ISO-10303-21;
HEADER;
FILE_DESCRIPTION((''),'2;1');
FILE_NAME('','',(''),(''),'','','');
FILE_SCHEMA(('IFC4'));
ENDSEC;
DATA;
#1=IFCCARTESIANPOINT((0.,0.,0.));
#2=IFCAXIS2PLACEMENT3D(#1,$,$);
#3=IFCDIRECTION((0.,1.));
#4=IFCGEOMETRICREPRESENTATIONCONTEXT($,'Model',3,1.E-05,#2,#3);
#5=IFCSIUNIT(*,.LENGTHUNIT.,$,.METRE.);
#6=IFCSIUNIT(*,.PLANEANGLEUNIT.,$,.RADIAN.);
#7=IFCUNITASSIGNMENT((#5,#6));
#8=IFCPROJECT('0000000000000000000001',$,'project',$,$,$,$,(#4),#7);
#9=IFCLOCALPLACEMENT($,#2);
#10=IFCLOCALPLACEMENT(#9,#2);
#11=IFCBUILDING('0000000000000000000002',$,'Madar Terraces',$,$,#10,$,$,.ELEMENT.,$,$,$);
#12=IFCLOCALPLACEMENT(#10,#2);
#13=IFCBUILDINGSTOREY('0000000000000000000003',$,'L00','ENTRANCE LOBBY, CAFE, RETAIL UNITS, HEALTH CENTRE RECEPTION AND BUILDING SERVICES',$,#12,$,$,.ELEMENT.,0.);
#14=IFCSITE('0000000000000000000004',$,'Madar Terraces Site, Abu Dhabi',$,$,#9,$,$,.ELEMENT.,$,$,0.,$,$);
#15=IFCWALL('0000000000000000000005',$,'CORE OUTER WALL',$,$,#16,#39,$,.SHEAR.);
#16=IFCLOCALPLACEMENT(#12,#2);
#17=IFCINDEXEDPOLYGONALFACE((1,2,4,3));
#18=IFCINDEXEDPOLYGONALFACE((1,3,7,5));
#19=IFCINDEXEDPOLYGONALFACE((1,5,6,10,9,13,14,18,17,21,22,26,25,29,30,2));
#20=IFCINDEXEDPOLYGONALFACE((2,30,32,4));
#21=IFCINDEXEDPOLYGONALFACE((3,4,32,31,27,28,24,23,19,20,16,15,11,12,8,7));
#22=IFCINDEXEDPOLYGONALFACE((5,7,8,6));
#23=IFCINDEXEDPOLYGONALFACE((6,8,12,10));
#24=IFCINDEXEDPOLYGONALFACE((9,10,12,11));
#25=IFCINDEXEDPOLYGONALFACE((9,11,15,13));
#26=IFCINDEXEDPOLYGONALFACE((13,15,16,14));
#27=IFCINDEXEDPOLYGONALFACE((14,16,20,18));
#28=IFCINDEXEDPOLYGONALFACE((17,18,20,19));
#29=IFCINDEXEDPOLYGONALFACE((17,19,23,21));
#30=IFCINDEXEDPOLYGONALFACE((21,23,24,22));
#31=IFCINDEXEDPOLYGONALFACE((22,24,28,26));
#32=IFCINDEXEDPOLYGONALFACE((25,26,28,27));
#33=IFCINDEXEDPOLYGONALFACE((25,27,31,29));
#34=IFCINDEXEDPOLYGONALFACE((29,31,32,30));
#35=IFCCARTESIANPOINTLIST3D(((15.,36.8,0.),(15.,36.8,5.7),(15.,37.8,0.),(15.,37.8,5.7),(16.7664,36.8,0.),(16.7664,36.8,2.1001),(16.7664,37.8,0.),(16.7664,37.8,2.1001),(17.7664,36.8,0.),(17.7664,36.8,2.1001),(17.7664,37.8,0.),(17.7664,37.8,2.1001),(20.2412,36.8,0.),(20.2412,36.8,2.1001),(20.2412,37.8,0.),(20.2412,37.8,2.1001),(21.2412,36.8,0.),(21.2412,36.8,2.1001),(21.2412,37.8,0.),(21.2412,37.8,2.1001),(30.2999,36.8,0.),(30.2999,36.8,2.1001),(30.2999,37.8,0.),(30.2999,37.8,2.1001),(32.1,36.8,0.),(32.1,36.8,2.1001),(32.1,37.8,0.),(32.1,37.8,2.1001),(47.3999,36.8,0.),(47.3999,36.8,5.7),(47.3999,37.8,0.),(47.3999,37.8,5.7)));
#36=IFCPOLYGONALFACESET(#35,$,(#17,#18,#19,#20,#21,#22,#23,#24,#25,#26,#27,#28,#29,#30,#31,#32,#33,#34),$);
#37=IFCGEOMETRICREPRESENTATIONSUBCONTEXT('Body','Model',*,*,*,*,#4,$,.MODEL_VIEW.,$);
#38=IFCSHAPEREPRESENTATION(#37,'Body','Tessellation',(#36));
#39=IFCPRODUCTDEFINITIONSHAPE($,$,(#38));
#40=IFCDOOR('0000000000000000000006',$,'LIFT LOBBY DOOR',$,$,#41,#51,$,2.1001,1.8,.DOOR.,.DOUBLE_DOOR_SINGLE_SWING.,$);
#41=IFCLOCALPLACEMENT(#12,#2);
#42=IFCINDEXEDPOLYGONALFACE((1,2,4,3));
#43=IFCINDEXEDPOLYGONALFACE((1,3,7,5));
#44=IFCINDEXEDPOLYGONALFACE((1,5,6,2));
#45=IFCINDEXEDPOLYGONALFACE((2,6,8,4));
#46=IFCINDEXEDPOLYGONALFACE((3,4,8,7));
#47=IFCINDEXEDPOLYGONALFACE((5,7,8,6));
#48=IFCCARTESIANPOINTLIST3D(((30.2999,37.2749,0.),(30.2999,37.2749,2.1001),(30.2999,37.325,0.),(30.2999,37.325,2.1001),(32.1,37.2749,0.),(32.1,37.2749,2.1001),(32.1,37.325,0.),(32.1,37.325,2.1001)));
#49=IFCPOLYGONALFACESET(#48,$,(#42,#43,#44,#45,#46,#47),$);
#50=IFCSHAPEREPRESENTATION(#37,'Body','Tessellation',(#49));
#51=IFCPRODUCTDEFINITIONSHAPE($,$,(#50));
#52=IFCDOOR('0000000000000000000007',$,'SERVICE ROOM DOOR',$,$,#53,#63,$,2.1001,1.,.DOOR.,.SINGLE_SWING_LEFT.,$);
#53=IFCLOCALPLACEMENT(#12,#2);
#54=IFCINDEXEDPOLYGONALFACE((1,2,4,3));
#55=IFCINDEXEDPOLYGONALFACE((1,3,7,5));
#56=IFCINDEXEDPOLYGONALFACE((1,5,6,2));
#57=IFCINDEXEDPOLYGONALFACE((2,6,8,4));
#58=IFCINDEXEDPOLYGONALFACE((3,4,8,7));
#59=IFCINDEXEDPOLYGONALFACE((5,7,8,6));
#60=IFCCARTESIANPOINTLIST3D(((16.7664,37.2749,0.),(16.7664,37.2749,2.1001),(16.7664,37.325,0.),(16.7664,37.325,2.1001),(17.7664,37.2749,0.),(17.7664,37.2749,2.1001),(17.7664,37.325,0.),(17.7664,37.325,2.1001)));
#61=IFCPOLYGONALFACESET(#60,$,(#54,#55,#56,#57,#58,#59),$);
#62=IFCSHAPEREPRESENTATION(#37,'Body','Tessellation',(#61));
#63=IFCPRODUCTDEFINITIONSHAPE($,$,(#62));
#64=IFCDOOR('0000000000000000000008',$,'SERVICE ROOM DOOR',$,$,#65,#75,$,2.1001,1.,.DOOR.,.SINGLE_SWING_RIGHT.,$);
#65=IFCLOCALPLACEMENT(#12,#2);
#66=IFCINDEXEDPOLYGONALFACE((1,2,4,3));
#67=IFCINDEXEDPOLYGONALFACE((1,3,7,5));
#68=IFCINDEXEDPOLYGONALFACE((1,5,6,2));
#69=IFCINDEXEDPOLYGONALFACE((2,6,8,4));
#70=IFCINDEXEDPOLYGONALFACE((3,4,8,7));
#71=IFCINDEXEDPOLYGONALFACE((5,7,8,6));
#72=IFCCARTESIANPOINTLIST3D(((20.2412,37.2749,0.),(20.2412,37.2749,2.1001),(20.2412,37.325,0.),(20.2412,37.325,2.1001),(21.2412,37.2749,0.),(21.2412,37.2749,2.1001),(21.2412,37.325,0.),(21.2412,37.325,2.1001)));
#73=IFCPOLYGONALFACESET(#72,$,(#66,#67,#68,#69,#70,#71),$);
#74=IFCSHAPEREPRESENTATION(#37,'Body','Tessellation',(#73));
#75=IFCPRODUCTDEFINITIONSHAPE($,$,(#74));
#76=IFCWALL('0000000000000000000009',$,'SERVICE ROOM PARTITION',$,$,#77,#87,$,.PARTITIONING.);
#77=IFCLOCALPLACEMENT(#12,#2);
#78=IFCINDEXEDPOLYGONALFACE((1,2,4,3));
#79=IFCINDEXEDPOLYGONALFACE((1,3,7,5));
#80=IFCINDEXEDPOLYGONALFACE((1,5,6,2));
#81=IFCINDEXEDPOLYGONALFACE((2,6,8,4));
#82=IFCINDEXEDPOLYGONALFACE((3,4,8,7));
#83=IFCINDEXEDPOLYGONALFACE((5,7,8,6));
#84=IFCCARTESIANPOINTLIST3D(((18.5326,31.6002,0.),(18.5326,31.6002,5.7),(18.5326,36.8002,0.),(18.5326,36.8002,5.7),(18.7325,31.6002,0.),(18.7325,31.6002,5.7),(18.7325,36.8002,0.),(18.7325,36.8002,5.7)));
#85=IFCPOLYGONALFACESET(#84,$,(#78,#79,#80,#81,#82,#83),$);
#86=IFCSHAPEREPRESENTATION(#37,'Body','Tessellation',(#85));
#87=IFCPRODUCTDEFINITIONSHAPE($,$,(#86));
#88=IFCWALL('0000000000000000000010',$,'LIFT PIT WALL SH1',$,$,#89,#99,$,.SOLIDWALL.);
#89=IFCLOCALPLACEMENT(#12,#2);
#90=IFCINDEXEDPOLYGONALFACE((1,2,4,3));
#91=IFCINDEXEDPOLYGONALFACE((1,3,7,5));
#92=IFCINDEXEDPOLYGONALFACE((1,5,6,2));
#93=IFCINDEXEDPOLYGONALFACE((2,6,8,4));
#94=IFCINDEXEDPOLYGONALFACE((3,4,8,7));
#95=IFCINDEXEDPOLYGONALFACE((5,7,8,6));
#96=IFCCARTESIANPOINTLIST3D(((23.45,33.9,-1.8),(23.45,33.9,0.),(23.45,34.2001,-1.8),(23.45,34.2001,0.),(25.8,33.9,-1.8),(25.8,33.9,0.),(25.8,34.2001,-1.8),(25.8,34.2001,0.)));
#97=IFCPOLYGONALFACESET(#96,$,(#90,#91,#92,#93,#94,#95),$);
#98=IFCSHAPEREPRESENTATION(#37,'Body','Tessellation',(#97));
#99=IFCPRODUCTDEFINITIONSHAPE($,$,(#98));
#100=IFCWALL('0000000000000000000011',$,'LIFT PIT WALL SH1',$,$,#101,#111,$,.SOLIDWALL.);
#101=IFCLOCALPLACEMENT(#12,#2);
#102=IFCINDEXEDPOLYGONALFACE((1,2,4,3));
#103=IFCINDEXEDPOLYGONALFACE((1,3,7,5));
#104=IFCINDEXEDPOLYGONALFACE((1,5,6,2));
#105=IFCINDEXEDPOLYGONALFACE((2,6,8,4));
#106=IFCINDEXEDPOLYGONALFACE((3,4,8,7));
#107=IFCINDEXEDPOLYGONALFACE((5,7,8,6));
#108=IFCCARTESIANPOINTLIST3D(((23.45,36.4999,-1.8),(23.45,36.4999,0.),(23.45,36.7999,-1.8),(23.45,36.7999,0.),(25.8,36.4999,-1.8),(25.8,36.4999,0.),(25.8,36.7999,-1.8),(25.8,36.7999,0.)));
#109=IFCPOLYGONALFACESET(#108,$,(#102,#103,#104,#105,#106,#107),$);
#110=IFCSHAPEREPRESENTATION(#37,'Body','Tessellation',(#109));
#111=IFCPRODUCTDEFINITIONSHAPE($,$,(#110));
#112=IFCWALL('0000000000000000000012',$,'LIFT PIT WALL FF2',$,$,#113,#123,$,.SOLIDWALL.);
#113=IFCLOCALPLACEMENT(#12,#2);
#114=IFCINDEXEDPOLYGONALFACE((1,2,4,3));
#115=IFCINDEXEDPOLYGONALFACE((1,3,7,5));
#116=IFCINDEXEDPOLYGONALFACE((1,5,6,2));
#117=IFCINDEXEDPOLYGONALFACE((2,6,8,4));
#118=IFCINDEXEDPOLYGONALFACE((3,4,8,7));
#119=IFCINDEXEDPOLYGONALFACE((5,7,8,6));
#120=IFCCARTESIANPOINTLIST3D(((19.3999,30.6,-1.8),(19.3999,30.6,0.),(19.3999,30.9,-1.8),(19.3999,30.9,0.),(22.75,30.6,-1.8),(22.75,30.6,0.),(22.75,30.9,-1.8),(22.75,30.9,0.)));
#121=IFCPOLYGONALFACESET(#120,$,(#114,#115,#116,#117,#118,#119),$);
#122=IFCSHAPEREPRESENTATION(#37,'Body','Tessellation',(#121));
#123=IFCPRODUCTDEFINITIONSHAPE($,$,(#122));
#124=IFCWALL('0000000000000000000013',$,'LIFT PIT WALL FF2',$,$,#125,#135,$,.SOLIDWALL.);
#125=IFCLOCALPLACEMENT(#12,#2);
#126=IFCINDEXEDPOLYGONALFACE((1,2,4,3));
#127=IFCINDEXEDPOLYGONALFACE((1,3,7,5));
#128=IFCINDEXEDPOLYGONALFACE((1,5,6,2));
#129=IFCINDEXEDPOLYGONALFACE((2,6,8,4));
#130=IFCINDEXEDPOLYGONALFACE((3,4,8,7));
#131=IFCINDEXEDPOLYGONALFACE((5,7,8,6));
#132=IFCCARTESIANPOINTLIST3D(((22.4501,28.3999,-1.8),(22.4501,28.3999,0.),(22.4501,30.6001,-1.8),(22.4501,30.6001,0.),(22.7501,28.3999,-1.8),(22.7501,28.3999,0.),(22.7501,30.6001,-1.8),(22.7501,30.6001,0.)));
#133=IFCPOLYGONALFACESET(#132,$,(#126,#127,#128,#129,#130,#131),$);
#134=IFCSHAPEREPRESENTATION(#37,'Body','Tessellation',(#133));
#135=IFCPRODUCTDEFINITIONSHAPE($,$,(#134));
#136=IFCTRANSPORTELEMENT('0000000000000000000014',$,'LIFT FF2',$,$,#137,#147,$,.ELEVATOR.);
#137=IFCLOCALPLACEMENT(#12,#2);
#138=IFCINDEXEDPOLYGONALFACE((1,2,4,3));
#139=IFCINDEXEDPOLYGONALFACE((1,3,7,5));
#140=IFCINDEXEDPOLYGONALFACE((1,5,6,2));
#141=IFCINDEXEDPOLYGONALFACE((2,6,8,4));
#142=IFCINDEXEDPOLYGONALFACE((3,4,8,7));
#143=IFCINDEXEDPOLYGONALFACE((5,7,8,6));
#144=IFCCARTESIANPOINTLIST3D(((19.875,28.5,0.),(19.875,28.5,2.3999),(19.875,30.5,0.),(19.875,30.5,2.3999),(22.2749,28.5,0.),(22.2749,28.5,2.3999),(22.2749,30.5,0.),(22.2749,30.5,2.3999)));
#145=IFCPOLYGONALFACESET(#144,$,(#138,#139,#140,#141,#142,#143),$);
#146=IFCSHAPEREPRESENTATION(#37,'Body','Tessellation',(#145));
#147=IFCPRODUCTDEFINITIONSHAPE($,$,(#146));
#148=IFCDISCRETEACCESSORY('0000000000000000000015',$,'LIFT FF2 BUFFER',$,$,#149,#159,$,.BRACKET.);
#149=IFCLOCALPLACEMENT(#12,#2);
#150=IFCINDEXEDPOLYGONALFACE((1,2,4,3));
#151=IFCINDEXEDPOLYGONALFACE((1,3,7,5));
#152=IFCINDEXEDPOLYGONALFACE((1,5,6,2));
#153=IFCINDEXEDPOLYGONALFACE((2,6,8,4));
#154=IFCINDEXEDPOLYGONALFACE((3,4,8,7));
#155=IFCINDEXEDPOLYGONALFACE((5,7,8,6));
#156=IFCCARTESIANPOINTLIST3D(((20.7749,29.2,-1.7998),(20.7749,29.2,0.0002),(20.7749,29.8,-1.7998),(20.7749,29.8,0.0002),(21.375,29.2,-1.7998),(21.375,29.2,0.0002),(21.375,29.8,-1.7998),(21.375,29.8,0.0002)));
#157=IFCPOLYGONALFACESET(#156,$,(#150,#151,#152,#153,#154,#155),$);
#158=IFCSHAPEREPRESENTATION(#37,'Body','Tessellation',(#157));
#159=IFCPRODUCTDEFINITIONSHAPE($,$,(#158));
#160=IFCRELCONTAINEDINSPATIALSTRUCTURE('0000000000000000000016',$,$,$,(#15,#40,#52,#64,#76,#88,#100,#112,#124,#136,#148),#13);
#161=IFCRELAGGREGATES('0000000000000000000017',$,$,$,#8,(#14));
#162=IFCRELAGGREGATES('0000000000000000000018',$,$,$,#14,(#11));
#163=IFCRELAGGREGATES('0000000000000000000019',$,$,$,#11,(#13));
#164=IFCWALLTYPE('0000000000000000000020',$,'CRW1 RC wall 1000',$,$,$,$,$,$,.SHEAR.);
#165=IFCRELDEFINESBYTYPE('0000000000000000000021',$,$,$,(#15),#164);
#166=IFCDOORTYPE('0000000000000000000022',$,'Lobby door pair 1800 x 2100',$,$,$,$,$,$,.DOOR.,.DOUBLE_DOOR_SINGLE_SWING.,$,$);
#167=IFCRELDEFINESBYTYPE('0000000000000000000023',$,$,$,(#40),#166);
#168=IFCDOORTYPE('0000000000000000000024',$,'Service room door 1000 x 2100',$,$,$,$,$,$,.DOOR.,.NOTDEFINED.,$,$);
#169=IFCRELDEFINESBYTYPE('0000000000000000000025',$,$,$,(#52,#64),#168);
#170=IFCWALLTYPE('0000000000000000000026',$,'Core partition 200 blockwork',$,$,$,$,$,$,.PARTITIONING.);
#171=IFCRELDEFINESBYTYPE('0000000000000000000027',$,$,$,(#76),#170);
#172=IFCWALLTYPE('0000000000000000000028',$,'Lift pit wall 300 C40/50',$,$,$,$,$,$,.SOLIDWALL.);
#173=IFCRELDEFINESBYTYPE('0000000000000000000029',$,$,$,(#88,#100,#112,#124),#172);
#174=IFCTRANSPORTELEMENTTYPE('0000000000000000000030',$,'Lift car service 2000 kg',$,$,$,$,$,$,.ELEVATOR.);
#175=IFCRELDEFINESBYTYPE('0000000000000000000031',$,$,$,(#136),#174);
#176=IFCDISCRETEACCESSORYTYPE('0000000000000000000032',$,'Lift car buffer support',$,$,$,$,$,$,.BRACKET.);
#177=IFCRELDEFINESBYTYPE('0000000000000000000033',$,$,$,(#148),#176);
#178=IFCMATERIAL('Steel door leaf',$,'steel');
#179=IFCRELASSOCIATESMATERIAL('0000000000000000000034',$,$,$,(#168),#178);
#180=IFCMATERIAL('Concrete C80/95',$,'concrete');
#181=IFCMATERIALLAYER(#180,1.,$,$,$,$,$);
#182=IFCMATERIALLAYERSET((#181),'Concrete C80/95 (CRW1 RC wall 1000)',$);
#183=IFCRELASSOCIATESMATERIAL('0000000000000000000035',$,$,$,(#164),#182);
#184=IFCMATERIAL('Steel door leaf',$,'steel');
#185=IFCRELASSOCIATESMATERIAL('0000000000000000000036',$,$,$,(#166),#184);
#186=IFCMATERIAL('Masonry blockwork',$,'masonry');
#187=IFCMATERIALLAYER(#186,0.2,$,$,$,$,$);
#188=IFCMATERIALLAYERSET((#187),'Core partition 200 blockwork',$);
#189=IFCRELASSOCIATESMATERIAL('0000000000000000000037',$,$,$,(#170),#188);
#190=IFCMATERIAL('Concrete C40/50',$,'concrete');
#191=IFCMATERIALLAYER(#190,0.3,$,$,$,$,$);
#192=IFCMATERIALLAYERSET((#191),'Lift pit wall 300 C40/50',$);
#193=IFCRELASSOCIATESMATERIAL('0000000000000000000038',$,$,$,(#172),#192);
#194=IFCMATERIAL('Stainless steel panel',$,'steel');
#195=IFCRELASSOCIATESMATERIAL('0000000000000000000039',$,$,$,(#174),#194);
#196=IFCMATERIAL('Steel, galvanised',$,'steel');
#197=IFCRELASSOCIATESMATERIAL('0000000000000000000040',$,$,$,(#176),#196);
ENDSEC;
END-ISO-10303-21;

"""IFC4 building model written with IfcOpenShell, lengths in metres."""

from ifc_helpers import new_model, si_unit, direction, frame, frame_2d, origin, origin_2d, place, context, subcontext, project, spatial, rectangle, extrude, material, layer, layer_set, type_object, element, fill, save


model = new_model("IFC4")

# Units and contexts
model_context = context("Model", 3, precision=1e-05, world=origin(), true_north=direction((0.0, 1.0)))
body_context = subcontext(model_context, "Body", "Model", "MODEL_VIEW")
ifc_project = project(units=[si_unit("LENGTHUNIT", "METRE"), si_unit("PLANEANGLEUNIT", "RADIAN")], contexts=[model_context])

# Site, building, storey
site_placement = place(None, origin())
site = spatial("IfcSite", under=ifc_project, at=site_placement, Name="Madar Terraces Site, Abu Dhabi", CompositionType="ELEMENT", RefElevation=0.0)
building_placement = place(site_placement, origin())
building = spatial("IfcBuilding", under=site, at=building_placement, Name="Madar Terraces", CompositionType="ELEMENT")
storey_placement = place(building_placement, origin())
storey = spatial("IfcBuildingStorey", under=building, at=storey_placement, Name="L00", Description="ENTRANCE LOBBY, CAFE, RETAIL UNITS, HEALTH CENTRE RECEPTION AND BUILDING SERVICES", CompositionType="ELEMENT", Elevation=0.0)

# Wall, openings, doors
ifc_material_1 = material(Name="Steel door leaf", Category="steel")
door_type_1 = type_object("IfcDoorType", Name="Service room door 1000 x 2100", OperationType="NOTDEFINED", PredefinedType="DOOR", material=ifc_material_1)
ifc_material_2 = material(Name="Concrete C80/95", Category="concrete")
ifc_layer_1 = layer(ifc_material_2, 1.0)
ifc_layer_set_1 = layer_set([ifc_layer_1], Name="Concrete C80/95 (CRW1 RC wall 1000)")
wall_type_1 = type_object("IfcWallType", Name="CRW1 RC wall 1000", PredefinedType="SHEAR", material=ifc_layer_set_1)
wall_1_placement = place(storey_placement, frame((15.0, 37.3, 0.0), z_axis=(0.0, 0.0, 1.0), x_axis=(1.0, 0.0, 0.0)))
wall_1 = element("IfcWall", 1, at=wall_1_placement, inside=storey, type_object=wall_type_1, Name="CORE OUTER WALL", PredefinedType="SHEAR", context=body_context, shape_type="SweptSolid", body=[
    extrude(rectangle(XDim=32.3999, YDim=1.0, at=frame_2d((16.2, 0.0))), origin(), (0.0, 0.0, 1.0), 5.7),
])
opening_1_placement = place(wall_1_placement, frame((15.3, 0.0, 0.0)))
opening_1 = element("IfcOpeningElement", 2, at=opening_1_placement, cuts=wall_1, PredefinedType="OPENING", context=body_context, shape_type="SweptSolid", body=[
    extrude(rectangle(XDim=1.8, YDim=2.1001, at=frame_2d((0.8999, 1.05))), frame((0.0, 0.51, 0.0), z_axis=(0.0, -1.0, 0.0), x_axis=(1.0, 0.0, 0.0)), (0.0, 0.0, 1.0), 1.02),
])
opening_2_placement = place(wall_1_placement, frame((1.7664, 0.0, 0.0)))
opening_2 = element("IfcOpeningElement", 3, at=opening_2_placement, cuts=wall_1, PredefinedType="OPENING", context=body_context, shape_type="SweptSolid", body=[
    extrude(rectangle(XDim=1.0, YDim=2.1001, at=frame_2d((0.5, 1.05))), frame((0.0, 0.51, 0.0), z_axis=(0.0, -1.0, 0.0), x_axis=(1.0, 0.0, 0.0)), (0.0, 0.0, 1.0), 1.02),
])
opening_3_placement = place(wall_1_placement, frame((5.2412, 0.0, 0.0)))
opening_3 = element("IfcOpeningElement", 4, at=opening_3_placement, cuts=wall_1, PredefinedType="OPENING", context=body_context, shape_type="SweptSolid", body=[
    extrude(rectangle(XDim=1.0, YDim=2.1001, at=frame_2d((0.5, 1.05))), frame((0.0, 0.51, 0.0), z_axis=(0.0, -1.0, 0.0), x_axis=(1.0, 0.0, 0.0)), (0.0, 0.0, 1.0), 1.02),
])
ifc_material_3 = material(Name="Steel door leaf", Category="steel")
door_type_2 = type_object("IfcDoorType", Name="Lobby door pair 1800 x 2100", OperationType="DOUBLE_DOOR_SINGLE_SWING", PredefinedType="DOOR", material=ifc_material_3)
door_1_placement = place(opening_1_placement, origin())
door_1 = element("IfcDoor", 5, at=door_1_placement, inside=storey, type_object=door_type_2, Name="LIFT LOBBY DOOR", OperationType="DOUBLE_DOOR_SINGLE_SWING", OverallHeight=2.1001, OverallWidth=1.8, PredefinedType="DOOR", context=body_context, shape_type="SweptSolid", body=[
    extrude(rectangle(XDim=1.8, YDim=2.1001, at=frame_2d((0.8999, 1.05))), frame((0.0, 0.0249, 0.0), z_axis=(0.0, -1.0, 0.0), x_axis=(1.0, 0.0, 0.0)), (0.0, 0.0, 1.0), 0.05),
])
fill(opening_1, door_1)
door_2_placement = place(opening_2_placement, origin())
door_2 = element("IfcDoor", 6, at=door_2_placement, inside=storey, type_object=door_type_1, Name="SERVICE ROOM DOOR", OperationType="SINGLE_SWING_LEFT", OverallHeight=2.1001, OverallWidth=1.0, PredefinedType="DOOR", context=body_context, shape_type="SweptSolid", body=[
    extrude(rectangle(XDim=1.0, YDim=2.1001, at=frame_2d((0.5, 1.05))), frame((0.0, 0.0249, 0.0), z_axis=(0.0, -1.0, 0.0), x_axis=(1.0, 0.0, 0.0)), (0.0, 0.0, 1.0), 0.05),
])
fill(opening_2, door_2)
door_3_placement = place(opening_3_placement, origin())
door_3 = element("IfcDoor", 7, at=door_3_placement, inside=storey, type_object=door_type_1, Name="SERVICE ROOM DOOR", OperationType="SINGLE_SWING_RIGHT", OverallHeight=2.1001, OverallWidth=1.0, PredefinedType="DOOR", context=body_context, shape_type="SweptSolid", body=[
    extrude(rectangle(XDim=1.0, YDim=2.1001, at=frame_2d((0.5, 1.05))), frame((0.0, 0.0249, 0.0), z_axis=(0.0, -1.0, 0.0), x_axis=(1.0, 0.0, 0.0)), (0.0, 0.0, 1.0), 0.05),
])
fill(opening_3, door_3)

# Walls
ifc_material_4 = material(Name="Masonry blockwork", Category="masonry")
ifc_layer_2 = layer(ifc_material_4, 0.2)
ifc_layer_set_2 = layer_set([ifc_layer_2], Name="Core partition 200 blockwork")
wall_type_2 = type_object("IfcWallType", Name="Core partition 200 blockwork", PredefinedType="PARTITIONING", material=ifc_layer_set_2)
wall_2_placement = place(storey_placement, frame((18.6326, 31.6001, 0.0), z_axis=(0.0, 0.0, 1.0), x_axis=(0.0, 1.0, 0.0)))
element("IfcWall", 8, at=wall_2_placement, inside=storey, type_object=wall_type_2, Name="SERVICE ROOM PARTITION", PredefinedType="PARTITIONING", context=body_context, shape_type="SweptSolid", body=[
    extrude(rectangle(XDim=5.2, YDim=0.2, at=frame_2d((2.6001, 0.0))), origin(), (0.0, 0.0, 1.0), 5.7),
])
ifc_material_5 = material(Name="Concrete C40/50", Category="concrete")
ifc_layer_3 = layer(ifc_material_5, 0.3)
ifc_layer_set_3 = layer_set([ifc_layer_3], Name="Lift pit wall 300 C40/50")
wall_type_3 = type_object("IfcWallType", Name="Lift pit wall 300 C40/50", PredefinedType="SOLIDWALL", material=ifc_layer_set_3)
for number, where, z_axis, x_axis, name in (
    (9, (23.45, 34.05, -1.8), (0.0, 0.0, 1.0), (1.0, 0.0, 0.0), "LIFT PIT WALL SH1"),
    (10, (23.45, 36.6499, -1.8), (0.0, 0.0, 1.0), (1.0, 0.0, 0.0), "LIFT PIT WALL SH1"),
):
    element("IfcWall", number, at=place(storey_placement, frame(where, z_axis=z_axis, x_axis=x_axis)), inside=storey, type_object=wall_type_3, Name=name, PredefinedType="SOLIDWALL", context=body_context, shape_type="SweptSolid", body=[
        extrude(rectangle(XDim=2.3501, YDim=0.3, at=frame_2d((1.175, 0.0))), origin(), (0.0, 0.0, 1.0), 1.8),
    ])
wall_3_placement = place(storey_placement, frame((19.3999, 30.75, -1.8), z_axis=(0.0, 0.0, 1.0), x_axis=(1.0, 0.0, 0.0)))
element("IfcWall", 11, at=wall_3_placement, inside=storey, type_object=wall_type_3, Name="LIFT PIT WALL FF2", PredefinedType="SOLIDWALL", context=body_context, shape_type="SweptSolid", body=[
    extrude(rectangle(XDim=3.3501, YDim=0.3, at=frame_2d((1.675, 0.0))), origin(), (0.0, 0.0, 1.0), 1.8),
])
wall_4_placement = place(storey_placement, frame((22.6001, 28.3999, -1.8), z_axis=(0.0, 0.0, 1.0), x_axis=(0.0, 1.0, 0.0)))
element("IfcWall", 12, at=wall_4_placement, inside=storey, type_object=wall_type_3, Name="LIFT PIT WALL FF2", PredefinedType="SOLIDWALL", context=body_context, shape_type="SweptSolid", body=[
    extrude(rectangle(XDim=2.2002, YDim=0.3, at=frame_2d((1.1001, 0.0))), origin(), (0.0, 0.0, 1.0), 1.8),
])

# Transport element
ifc_material_6 = material(Name="Stainless steel panel", Category="steel")
transport_element_type = type_object("IfcTransportElementType", Name="Lift car service 2000 kg", PredefinedType="ELEVATOR", material=ifc_material_6)
transport_element_placement = place(storey_placement, frame((21.075, 29.5, 0.0), z_axis=(0.0, 0.0, 1.0), x_axis=(1.0, 0.0, 0.0)))
element("IfcTransportElement", 13, at=transport_element_placement, inside=storey, type_object=transport_element_type, Name="LIFT FF2", PredefinedType="ELEVATOR", context=body_context, shape_type="SweptSolid", body=[
    extrude(rectangle(XDim=2.3999, YDim=2.0, at=origin_2d()), origin(), (0.0, 0.0, 1.0), 2.3999),
])

# Discrete accessory
ifc_material_7 = material(Name="Steel, galvanised", Category="steel")
discrete_accessory_type = type_object("IfcDiscreteAccessoryType", Name="Lift car buffer support", PredefinedType="BRACKET", material=ifc_material_7)
discrete_accessory_placement = place(storey_placement, frame((21.075, 29.5, -1.7998), z_axis=(0.0, 0.0, 1.0), x_axis=(1.0, 0.0, 0.0)))
element("IfcDiscreteAccessory", 14, at=discrete_accessory_placement, inside=storey, type_object=discrete_accessory_type, Name="LIFT FF2 BUFFER", PredefinedType="BRACKET", context=body_context, shape_type="SweptSolid", body=[
    extrude(rectangle(XDim=0.6001, YDim=0.6001, at=origin_2d()), origin(), (0.0, 0.0, 1.0), 1.8),
])

save(model, "model.ifc")
